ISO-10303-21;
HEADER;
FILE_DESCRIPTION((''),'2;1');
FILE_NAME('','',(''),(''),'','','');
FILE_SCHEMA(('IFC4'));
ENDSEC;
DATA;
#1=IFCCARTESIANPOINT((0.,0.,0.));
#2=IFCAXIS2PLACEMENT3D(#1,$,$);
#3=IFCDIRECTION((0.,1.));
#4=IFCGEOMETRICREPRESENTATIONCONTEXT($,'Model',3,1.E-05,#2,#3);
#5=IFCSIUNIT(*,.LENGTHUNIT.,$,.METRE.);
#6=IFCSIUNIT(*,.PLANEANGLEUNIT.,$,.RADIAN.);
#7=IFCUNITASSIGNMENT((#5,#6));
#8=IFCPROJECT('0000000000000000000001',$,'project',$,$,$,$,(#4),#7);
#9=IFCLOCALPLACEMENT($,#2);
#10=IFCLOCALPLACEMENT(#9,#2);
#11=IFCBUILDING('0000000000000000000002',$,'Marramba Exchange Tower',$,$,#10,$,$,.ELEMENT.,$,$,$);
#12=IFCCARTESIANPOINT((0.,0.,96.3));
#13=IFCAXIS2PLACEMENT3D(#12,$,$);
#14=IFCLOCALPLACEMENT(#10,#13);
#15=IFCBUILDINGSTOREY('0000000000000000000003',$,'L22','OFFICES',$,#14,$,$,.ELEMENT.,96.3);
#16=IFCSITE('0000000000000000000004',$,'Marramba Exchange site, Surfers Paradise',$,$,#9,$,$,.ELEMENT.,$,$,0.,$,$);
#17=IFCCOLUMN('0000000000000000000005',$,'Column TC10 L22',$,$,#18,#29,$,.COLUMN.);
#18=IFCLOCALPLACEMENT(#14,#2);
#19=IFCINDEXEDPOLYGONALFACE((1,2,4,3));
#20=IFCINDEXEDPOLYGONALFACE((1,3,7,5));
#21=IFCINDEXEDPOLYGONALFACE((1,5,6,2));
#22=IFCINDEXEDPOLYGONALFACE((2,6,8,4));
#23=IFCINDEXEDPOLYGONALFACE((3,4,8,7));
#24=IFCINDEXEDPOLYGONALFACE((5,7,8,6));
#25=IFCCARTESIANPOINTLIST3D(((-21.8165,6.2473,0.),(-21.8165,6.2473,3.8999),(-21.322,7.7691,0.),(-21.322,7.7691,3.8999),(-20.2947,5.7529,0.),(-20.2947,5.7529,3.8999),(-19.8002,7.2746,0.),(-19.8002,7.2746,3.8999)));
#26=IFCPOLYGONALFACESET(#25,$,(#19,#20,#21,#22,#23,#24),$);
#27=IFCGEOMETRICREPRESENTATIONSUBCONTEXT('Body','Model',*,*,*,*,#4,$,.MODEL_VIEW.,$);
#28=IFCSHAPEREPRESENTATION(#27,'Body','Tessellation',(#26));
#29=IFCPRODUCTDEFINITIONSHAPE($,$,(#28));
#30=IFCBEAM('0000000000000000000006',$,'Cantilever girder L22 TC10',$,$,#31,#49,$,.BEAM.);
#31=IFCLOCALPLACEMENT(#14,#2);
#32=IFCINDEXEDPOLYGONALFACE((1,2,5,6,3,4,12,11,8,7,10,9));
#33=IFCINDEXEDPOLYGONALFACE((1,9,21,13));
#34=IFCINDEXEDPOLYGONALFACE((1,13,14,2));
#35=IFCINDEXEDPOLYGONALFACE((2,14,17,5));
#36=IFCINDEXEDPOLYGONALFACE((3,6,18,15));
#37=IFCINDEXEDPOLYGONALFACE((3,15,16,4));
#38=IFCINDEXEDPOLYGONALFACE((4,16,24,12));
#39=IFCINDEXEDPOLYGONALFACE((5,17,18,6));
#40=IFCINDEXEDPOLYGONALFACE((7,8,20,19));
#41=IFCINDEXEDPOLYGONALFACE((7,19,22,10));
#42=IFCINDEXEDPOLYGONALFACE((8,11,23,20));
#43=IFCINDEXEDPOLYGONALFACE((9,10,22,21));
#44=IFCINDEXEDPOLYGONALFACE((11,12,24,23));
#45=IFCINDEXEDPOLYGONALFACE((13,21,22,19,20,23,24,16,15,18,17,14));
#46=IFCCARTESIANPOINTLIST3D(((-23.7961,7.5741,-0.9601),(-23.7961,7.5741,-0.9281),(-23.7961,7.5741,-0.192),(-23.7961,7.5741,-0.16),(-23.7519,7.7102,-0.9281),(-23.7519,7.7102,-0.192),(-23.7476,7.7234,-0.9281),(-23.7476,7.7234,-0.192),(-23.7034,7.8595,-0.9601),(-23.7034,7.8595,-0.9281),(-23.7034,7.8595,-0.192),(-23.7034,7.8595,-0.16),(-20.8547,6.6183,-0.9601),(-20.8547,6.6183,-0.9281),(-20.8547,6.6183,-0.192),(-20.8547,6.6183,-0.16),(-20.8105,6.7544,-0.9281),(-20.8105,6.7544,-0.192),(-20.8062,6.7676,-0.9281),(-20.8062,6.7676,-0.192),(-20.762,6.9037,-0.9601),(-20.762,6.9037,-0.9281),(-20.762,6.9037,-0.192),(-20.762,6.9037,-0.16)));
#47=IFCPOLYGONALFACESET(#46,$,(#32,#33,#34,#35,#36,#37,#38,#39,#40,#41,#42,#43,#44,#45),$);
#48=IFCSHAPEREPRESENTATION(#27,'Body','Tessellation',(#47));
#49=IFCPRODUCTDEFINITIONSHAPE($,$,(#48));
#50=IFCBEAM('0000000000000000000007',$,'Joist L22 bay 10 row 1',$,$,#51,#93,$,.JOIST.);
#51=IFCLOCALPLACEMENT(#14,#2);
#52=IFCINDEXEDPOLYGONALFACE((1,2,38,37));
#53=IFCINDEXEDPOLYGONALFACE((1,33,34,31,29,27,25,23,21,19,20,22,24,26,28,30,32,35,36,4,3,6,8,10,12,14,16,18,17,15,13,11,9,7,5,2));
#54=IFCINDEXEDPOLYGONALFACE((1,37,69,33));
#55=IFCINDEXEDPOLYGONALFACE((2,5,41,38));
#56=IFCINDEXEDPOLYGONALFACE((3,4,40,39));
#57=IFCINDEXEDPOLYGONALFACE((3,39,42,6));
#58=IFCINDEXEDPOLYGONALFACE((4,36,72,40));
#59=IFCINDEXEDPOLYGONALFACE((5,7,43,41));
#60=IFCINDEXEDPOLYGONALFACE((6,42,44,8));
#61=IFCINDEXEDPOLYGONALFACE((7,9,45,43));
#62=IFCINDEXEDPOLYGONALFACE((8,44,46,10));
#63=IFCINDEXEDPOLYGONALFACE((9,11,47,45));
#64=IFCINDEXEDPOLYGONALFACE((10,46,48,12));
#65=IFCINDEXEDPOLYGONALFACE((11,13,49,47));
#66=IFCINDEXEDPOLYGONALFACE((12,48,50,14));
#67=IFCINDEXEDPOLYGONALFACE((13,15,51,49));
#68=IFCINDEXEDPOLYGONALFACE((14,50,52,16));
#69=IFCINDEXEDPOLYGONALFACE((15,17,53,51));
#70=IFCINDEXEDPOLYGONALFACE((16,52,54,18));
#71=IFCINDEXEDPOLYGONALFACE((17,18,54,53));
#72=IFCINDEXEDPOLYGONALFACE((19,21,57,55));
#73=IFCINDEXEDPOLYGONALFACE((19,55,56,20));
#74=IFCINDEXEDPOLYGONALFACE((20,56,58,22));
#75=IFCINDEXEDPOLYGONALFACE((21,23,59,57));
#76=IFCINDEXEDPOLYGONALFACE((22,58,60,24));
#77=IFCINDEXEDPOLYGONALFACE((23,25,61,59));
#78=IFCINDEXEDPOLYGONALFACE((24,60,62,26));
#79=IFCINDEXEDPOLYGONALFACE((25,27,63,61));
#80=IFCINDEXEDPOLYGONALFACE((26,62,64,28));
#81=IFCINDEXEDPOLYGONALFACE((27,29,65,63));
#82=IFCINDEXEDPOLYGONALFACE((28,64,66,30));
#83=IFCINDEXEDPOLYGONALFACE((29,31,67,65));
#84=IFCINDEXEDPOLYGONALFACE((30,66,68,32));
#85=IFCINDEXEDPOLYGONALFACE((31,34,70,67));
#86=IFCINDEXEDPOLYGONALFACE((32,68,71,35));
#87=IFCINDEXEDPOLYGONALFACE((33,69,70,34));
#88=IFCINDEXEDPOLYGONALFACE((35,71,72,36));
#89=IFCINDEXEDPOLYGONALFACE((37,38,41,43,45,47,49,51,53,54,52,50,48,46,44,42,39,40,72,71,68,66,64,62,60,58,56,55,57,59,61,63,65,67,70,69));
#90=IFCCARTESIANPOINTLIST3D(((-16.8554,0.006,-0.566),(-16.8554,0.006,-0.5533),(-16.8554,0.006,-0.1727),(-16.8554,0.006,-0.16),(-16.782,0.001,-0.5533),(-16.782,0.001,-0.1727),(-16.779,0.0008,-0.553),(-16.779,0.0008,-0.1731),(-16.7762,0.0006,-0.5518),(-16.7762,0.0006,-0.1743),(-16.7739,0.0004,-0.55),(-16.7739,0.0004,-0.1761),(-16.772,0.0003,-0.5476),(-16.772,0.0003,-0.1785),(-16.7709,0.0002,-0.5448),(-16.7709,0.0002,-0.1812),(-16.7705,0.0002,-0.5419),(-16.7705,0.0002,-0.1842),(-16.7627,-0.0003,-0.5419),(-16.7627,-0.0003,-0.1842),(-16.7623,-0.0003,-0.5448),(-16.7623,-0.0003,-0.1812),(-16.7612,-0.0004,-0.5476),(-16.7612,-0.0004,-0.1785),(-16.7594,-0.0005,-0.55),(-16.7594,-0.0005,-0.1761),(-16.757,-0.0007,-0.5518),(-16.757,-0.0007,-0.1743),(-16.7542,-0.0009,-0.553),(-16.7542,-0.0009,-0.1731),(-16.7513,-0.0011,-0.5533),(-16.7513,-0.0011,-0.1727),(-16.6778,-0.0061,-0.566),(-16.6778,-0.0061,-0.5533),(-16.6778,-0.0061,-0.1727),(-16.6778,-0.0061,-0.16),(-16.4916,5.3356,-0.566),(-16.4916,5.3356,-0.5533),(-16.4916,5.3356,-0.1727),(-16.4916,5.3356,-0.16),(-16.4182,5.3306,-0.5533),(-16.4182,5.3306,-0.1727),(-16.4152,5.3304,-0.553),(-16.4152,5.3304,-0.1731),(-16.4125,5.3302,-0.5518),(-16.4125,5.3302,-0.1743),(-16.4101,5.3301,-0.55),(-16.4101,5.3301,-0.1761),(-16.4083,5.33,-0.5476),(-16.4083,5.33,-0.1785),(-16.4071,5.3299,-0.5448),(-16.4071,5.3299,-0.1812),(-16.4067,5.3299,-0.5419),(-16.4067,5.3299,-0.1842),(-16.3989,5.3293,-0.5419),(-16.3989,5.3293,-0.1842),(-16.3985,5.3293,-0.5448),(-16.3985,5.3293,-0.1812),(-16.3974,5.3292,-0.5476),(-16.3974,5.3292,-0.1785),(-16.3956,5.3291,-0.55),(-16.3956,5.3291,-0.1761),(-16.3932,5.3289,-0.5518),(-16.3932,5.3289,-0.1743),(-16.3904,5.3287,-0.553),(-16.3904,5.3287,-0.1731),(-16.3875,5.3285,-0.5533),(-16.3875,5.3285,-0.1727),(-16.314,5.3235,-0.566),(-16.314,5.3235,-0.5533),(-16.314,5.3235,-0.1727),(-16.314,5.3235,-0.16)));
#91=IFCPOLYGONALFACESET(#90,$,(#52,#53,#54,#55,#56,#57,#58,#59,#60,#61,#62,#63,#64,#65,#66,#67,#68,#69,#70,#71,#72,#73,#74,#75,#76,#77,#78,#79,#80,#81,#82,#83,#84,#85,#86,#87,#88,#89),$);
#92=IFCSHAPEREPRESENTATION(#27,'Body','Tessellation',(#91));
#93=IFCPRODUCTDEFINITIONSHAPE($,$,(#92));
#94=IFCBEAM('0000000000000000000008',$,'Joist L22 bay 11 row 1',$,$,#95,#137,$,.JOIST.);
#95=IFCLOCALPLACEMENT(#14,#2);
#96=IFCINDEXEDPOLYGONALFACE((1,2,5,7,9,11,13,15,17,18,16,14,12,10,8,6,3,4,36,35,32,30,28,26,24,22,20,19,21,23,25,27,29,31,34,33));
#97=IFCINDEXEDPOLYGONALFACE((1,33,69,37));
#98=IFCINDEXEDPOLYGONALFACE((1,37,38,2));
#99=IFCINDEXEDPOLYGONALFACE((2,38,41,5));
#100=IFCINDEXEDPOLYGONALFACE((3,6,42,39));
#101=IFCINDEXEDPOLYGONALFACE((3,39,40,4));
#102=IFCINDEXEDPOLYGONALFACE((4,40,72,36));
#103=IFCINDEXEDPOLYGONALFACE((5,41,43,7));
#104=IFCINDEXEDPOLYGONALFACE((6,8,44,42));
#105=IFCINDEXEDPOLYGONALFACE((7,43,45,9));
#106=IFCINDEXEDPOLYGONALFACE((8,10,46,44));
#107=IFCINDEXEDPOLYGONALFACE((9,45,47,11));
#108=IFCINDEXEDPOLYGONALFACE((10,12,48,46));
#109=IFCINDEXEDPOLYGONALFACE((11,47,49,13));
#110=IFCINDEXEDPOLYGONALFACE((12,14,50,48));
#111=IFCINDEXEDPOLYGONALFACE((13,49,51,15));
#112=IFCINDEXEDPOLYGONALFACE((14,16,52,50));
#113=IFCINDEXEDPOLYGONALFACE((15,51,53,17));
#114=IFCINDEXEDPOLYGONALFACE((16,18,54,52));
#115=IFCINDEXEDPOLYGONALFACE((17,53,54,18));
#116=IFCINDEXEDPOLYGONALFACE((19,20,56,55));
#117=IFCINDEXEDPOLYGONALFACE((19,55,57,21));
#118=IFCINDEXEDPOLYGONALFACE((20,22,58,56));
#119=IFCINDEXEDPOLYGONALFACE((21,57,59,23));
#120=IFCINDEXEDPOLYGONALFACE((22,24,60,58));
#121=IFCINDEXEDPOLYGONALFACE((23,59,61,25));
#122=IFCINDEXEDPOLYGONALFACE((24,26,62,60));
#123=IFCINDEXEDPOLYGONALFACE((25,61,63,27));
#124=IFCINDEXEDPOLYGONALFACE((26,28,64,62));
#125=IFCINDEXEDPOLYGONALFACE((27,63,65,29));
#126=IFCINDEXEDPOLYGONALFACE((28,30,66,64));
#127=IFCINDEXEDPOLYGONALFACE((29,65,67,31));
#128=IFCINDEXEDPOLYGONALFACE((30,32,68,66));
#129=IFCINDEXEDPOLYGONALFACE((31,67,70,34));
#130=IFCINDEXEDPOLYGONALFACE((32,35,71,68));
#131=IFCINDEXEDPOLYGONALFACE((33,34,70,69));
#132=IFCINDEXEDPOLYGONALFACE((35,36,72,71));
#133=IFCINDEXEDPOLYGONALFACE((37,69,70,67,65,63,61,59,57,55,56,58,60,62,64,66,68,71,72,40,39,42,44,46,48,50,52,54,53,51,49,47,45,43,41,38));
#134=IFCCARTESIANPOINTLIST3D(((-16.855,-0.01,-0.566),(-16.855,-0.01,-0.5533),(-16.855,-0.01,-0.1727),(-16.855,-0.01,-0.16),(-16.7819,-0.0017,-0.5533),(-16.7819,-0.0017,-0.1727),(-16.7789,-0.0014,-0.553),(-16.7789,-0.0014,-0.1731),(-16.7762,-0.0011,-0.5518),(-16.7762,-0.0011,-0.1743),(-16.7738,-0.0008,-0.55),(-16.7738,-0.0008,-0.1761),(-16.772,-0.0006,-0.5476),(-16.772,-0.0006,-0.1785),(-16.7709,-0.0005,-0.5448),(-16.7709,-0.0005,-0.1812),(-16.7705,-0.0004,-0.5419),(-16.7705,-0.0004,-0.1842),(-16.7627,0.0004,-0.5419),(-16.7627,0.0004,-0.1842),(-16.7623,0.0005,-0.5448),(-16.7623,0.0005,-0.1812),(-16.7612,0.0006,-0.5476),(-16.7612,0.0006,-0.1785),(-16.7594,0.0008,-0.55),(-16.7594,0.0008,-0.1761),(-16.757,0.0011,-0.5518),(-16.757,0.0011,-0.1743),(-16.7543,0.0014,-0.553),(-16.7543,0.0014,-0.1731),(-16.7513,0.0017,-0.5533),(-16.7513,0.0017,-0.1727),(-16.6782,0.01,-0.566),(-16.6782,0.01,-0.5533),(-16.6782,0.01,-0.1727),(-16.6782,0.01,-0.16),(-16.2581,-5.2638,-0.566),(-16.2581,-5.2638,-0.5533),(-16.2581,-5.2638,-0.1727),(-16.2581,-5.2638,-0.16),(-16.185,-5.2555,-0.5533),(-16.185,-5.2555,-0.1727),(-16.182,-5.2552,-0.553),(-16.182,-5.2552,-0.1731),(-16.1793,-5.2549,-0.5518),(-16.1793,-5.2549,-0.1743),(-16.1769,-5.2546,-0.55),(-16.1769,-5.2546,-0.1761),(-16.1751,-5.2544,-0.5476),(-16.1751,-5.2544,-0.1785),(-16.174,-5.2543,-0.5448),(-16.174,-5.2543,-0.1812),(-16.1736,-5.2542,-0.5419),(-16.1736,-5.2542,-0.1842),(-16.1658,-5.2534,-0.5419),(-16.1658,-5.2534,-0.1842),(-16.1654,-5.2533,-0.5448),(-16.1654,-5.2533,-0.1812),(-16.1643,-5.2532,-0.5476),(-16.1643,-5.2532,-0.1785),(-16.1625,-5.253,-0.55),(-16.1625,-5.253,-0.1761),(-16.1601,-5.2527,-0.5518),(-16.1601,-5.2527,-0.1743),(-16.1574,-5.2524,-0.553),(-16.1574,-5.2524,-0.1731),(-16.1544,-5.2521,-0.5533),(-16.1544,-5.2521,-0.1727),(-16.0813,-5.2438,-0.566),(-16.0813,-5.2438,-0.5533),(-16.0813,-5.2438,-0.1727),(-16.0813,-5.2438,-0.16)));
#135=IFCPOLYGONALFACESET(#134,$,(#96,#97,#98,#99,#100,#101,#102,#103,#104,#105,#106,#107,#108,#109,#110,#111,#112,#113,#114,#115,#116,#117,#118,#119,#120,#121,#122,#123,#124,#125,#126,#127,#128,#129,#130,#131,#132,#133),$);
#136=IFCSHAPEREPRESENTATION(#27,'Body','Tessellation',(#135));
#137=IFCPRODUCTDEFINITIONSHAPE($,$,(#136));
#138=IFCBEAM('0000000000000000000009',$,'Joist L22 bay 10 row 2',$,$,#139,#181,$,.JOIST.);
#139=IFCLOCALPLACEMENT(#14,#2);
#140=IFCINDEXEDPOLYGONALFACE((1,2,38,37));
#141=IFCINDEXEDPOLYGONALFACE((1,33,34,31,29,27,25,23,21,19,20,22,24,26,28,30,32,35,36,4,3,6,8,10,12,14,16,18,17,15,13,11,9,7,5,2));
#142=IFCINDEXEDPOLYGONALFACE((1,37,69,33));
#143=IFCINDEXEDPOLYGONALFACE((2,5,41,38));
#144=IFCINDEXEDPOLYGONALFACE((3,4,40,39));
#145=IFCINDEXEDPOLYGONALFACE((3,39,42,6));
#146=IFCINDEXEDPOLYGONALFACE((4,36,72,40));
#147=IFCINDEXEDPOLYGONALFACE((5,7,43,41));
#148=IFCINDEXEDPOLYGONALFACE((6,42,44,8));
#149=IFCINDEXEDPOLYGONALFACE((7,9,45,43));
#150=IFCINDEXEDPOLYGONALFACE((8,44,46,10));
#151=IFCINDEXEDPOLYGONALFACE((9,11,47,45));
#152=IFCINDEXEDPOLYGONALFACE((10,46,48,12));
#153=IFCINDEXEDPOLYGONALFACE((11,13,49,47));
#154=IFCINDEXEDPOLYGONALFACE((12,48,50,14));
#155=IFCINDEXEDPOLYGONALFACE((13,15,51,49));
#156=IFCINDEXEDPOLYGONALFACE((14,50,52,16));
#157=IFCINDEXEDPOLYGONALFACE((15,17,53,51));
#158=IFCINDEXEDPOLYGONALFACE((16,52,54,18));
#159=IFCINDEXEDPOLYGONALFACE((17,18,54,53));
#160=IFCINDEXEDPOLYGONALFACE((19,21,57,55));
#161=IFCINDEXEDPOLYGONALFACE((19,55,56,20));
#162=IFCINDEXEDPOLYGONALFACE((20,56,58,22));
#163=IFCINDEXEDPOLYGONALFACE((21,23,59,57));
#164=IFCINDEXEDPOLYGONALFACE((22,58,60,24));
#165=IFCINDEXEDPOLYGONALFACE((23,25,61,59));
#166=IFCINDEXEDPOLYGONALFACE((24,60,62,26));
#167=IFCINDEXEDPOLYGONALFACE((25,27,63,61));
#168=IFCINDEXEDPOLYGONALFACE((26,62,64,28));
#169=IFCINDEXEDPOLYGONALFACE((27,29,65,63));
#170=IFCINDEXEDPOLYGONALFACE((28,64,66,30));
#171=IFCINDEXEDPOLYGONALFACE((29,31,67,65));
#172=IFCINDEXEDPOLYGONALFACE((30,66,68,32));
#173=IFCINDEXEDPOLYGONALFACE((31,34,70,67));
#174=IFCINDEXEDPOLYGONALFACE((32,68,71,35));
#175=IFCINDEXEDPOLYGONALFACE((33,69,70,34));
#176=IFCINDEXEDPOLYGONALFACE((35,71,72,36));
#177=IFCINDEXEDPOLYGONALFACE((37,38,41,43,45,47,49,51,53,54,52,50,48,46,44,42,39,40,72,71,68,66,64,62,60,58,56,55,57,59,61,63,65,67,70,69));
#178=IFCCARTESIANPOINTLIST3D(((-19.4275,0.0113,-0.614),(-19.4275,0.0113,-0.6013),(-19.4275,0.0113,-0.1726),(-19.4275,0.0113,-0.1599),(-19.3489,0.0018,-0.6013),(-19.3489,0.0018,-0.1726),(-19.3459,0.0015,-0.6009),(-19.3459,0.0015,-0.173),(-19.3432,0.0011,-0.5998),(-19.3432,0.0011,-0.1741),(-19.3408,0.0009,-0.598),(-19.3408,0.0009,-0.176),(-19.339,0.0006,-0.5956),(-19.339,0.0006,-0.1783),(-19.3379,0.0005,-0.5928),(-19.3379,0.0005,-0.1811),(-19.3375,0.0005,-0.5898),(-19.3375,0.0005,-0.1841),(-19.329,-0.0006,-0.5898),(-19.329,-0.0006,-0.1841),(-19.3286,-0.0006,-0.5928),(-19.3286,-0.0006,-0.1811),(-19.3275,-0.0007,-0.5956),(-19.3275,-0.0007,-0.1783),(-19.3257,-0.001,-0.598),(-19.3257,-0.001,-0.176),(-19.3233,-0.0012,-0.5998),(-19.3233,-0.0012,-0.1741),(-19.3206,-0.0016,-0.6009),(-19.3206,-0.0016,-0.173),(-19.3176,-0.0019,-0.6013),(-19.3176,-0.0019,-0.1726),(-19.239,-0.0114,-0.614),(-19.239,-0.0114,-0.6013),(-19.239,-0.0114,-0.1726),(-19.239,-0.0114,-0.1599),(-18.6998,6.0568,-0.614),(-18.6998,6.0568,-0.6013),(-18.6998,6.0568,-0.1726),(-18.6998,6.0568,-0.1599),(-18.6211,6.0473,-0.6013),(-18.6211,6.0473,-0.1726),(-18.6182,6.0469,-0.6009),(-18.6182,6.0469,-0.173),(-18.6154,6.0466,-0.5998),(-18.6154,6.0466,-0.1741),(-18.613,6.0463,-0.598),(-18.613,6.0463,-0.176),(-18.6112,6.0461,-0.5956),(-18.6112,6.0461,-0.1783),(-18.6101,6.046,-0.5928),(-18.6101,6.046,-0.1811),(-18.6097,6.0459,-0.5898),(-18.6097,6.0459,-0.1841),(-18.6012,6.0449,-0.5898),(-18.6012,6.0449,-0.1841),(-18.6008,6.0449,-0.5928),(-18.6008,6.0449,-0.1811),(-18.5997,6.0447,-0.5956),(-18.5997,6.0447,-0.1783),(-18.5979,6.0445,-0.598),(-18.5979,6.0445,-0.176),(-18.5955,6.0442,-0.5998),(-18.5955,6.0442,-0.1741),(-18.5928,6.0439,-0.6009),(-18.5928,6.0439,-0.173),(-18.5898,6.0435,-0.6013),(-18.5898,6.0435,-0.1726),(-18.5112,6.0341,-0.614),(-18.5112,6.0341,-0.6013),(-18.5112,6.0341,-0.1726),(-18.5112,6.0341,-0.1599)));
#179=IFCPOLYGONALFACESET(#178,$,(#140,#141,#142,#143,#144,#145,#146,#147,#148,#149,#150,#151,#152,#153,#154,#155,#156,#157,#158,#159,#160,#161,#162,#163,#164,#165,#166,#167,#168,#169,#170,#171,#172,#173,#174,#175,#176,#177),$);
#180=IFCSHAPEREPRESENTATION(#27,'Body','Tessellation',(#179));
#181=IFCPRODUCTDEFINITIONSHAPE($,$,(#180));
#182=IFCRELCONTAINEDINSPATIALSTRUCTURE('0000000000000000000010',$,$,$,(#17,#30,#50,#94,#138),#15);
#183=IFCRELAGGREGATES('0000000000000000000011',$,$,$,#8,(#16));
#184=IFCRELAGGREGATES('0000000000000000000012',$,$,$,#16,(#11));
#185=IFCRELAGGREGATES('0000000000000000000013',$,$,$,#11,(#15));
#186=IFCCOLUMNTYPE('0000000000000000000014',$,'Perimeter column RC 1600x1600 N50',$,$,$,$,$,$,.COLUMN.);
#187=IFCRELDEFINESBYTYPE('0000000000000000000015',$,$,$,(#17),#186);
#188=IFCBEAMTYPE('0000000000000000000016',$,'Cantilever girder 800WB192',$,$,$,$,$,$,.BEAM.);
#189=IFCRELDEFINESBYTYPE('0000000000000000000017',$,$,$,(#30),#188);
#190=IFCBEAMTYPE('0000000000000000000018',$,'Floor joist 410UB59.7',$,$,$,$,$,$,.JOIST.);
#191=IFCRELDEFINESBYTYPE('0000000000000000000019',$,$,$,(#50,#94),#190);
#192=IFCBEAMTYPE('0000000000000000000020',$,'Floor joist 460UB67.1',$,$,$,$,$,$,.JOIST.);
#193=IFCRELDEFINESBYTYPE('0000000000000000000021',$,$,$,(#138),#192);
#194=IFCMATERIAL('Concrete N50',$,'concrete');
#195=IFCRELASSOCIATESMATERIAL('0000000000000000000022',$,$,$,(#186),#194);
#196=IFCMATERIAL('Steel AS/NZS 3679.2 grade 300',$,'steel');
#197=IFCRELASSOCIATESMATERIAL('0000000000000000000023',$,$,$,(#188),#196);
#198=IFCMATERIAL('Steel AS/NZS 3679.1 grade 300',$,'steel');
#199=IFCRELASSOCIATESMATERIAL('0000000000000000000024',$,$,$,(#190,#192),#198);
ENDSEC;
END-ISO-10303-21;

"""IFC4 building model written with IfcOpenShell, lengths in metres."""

from ifc_helpers import new_model, si_unit, direction, frame, origin, origin_2d, place, context, subcontext, project, spatial, rectangle, i_section, extrude, material, material_profile, profile_set, type_object, element, save


model = new_model("IFC4")

# Units and contexts
model_context = context("Model", 3, precision=1e-05, world=origin(), true_north=direction((0.0, 1.0)))
body_context = subcontext(model_context, "Body", "Model", "MODEL_VIEW")
ifc_project = project(units=[si_unit("LENGTHUNIT", "METRE"), si_unit("PLANEANGLEUNIT", "RADIAN")], contexts=[model_context])

# Site, building, storey
site_placement = place(None, origin())
site = spatial("IfcSite", under=ifc_project, at=site_placement, Name="Marramba Exchange site, Surfers Paradise", CompositionType="ELEMENT", RefElevation=0.0)
building_placement = place(site_placement, origin())
building = spatial("IfcBuilding", under=site, at=building_placement, Name="Marramba Exchange Tower", CompositionType="ELEMENT")
storey_placement = place(building_placement, frame((0.0, 0.0, 96.3)))
storey = spatial("IfcBuildingStorey", under=building, at=storey_placement, Name="L22", Description="OFFICES", CompositionType="ELEMENT", Elevation=96.3)

# Column
ifc_material_1 = material(Name="Concrete N50", Category="concrete")
ifc_material_profile_1 = material_profile(ifc_material_1, rectangle(XDim=1.6001, YDim=1.6001, at=origin_2d()), Name="RC 1600x1600")
ifc_profile_set_1 = profile_set([ifc_material_profile_1], Name="Concrete N50")
column_type = type_object("IfcColumnType", Name="Perimeter column RC 1600x1600 N50", PredefinedType="COLUMN", material=ifc_profile_set_1)
column_placement = place(storey_placement, frame((-20.8083, 6.761, 0.0), z_axis=(0.0, 0.0, 1.0), x_axis=(-0.951057, 0.309017, 0.0)))
element("IfcColumn", 1, at=column_placement, inside=storey, type_object=column_type, Name="Column TC10 L22", PredefinedType="COLUMN", context=body_context, shape_type="SweptSolid", body=[
    extrude(rectangle(XDim=1.6001, YDim=1.6001, at=origin_2d()), origin(), (0.0, 0.0, 1.0), 3.8999),
])

# Beams
ifc_material_2 = material(Name="Steel AS/NZS 3679.2 grade 300", Category="steel")
ifc_material_profile_2 = material_profile(ifc_material_2, i_section(OverallWidth=0.3, OverallDepth=0.8, WebThickness=0.0139, FlangeThickness=0.032, at=origin_2d()), Name="800WB192")
ifc_profile_set_2 = profile_set([ifc_material_profile_2], Name="Steel AS/NZS 3679.2 grade 300")
beam_type_1 = type_object("IfcBeamType", Name="Cantilever girder 800WB192", PredefinedType="BEAM", material=ifc_profile_set_2)
beam_1_placement = place(storey_placement, frame((-20.8083, 6.761, -0.5601), z_axis=(-0.951048, 0.309043, 0.0), x_axis=(-0.309043, -0.951048, 0.0)))
element("IfcBeam", 2, at=beam_1_placement, inside=storey, type_object=beam_type_1, Name="Cantilever girder L22 TC10", PredefinedType="BEAM", context=body_context, shape_type="SweptSolid", body=[
    extrude(i_section(OverallWidth=0.3, OverallDepth=0.8, WebThickness=0.0139, FlangeThickness=0.032, at=origin_2d()), origin(), (0.0, 0.0, 1.0), 3.0928),
])
ifc_material_3 = material(Name="Steel AS/NZS 3679.1 grade 300", Category="steel")
ifc_material_profile_3 = material_profile(ifc_material_3, i_section(OverallWidth=0.178, OverallDepth=0.406, WebThickness=0.0078, FlangeThickness=0.0127, FilletRadius=0.0115, at=origin_2d()), Name="410UB59.7")
ifc_profile_set_3 = profile_set([ifc_material_profile_3], Name="Steel AS/NZS 3679.1 grade 300")
beam_type_2 = type_object("IfcBeamType", Name="Floor joist 410UB59.7", PredefinedType="JOIST", material=ifc_profile_set_3)
beam_2_placement = place(storey_placement, frame((-16.4028, 5.3296, -0.363), z_axis=(-0.068096, -0.997679, 0.0), x_axis=(0.997679, -0.068096, 0.0)))
element("IfcBeam", 3, at=beam_2_placement, inside=storey, type_object=beam_type_2, Name="Joist L22 bay 10 row 1", PredefinedType="JOIST", context=body_context, shape_type="SweptSolid", body=[
    extrude(i_section(OverallWidth=0.178, OverallDepth=0.406, WebThickness=0.0078, FlangeThickness=0.0127, FilletRadius=0.0115, at=origin_2d()), origin(), (0.0, 0.0, 1.0), 5.342),
])
beam_3_placement = place(storey_placement, frame((-16.7666, 0.0, -0.363), z_axis=(0.112889, -0.993608, 0.0), x_axis=(0.993608, 0.112889, 0.0)))
element("IfcBeam", 4, at=beam_3_placement, inside=storey, type_object=beam_type_2, Name="Joist L22 bay 11 row 1", PredefinedType="JOIST", context=body_context, shape_type="SweptSolid", body=[
    extrude(i_section(OverallWidth=0.178, OverallDepth=0.406, WebThickness=0.0078, FlangeThickness=0.0127, FilletRadius=0.0115, at=origin_2d()), origin(), (0.0, 0.0, 1.0), 5.2876),
])
ifc_material_profile_4 = material_profile(ifc_material_3, i_section(OverallWidth=0.1899, OverallDepth=0.4541, WebThickness=0.0085, FlangeThickness=0.0127, FilletRadius=0.0115, at=origin_2d()), Name="460UB67.1")
ifc_profile_set_4 = profile_set([ifc_material_profile_4], Name="Steel AS/NZS 3679.1 grade 300")
beam_type_3 = type_object("IfcBeamType", Name="Floor joist 460UB67.1", PredefinedType="JOIST", material=ifc_profile_set_4)
beam_4_placement = place(storey_placement, frame((-18.6055, 6.0454, -0.387), z_axis=(-0.119523, -0.992831, 0.0), x_axis=(0.992831, -0.119523, 0.0)))
element("IfcBeam", 5, at=beam_4_placement, inside=storey, type_object=beam_type_3, Name="Joist L22 bay 10 row 2", PredefinedType="JOIST", context=body_context, shape_type="SweptSolid", body=[
    extrude(i_section(OverallWidth=0.1899, OverallDepth=0.4541, WebThickness=0.0085, FlangeThickness=0.0127, FilletRadius=0.0115, at=origin_2d()), origin(), (0.0, 0.0, 1.0), 6.0891),
])

save(model, "model.ifc")
